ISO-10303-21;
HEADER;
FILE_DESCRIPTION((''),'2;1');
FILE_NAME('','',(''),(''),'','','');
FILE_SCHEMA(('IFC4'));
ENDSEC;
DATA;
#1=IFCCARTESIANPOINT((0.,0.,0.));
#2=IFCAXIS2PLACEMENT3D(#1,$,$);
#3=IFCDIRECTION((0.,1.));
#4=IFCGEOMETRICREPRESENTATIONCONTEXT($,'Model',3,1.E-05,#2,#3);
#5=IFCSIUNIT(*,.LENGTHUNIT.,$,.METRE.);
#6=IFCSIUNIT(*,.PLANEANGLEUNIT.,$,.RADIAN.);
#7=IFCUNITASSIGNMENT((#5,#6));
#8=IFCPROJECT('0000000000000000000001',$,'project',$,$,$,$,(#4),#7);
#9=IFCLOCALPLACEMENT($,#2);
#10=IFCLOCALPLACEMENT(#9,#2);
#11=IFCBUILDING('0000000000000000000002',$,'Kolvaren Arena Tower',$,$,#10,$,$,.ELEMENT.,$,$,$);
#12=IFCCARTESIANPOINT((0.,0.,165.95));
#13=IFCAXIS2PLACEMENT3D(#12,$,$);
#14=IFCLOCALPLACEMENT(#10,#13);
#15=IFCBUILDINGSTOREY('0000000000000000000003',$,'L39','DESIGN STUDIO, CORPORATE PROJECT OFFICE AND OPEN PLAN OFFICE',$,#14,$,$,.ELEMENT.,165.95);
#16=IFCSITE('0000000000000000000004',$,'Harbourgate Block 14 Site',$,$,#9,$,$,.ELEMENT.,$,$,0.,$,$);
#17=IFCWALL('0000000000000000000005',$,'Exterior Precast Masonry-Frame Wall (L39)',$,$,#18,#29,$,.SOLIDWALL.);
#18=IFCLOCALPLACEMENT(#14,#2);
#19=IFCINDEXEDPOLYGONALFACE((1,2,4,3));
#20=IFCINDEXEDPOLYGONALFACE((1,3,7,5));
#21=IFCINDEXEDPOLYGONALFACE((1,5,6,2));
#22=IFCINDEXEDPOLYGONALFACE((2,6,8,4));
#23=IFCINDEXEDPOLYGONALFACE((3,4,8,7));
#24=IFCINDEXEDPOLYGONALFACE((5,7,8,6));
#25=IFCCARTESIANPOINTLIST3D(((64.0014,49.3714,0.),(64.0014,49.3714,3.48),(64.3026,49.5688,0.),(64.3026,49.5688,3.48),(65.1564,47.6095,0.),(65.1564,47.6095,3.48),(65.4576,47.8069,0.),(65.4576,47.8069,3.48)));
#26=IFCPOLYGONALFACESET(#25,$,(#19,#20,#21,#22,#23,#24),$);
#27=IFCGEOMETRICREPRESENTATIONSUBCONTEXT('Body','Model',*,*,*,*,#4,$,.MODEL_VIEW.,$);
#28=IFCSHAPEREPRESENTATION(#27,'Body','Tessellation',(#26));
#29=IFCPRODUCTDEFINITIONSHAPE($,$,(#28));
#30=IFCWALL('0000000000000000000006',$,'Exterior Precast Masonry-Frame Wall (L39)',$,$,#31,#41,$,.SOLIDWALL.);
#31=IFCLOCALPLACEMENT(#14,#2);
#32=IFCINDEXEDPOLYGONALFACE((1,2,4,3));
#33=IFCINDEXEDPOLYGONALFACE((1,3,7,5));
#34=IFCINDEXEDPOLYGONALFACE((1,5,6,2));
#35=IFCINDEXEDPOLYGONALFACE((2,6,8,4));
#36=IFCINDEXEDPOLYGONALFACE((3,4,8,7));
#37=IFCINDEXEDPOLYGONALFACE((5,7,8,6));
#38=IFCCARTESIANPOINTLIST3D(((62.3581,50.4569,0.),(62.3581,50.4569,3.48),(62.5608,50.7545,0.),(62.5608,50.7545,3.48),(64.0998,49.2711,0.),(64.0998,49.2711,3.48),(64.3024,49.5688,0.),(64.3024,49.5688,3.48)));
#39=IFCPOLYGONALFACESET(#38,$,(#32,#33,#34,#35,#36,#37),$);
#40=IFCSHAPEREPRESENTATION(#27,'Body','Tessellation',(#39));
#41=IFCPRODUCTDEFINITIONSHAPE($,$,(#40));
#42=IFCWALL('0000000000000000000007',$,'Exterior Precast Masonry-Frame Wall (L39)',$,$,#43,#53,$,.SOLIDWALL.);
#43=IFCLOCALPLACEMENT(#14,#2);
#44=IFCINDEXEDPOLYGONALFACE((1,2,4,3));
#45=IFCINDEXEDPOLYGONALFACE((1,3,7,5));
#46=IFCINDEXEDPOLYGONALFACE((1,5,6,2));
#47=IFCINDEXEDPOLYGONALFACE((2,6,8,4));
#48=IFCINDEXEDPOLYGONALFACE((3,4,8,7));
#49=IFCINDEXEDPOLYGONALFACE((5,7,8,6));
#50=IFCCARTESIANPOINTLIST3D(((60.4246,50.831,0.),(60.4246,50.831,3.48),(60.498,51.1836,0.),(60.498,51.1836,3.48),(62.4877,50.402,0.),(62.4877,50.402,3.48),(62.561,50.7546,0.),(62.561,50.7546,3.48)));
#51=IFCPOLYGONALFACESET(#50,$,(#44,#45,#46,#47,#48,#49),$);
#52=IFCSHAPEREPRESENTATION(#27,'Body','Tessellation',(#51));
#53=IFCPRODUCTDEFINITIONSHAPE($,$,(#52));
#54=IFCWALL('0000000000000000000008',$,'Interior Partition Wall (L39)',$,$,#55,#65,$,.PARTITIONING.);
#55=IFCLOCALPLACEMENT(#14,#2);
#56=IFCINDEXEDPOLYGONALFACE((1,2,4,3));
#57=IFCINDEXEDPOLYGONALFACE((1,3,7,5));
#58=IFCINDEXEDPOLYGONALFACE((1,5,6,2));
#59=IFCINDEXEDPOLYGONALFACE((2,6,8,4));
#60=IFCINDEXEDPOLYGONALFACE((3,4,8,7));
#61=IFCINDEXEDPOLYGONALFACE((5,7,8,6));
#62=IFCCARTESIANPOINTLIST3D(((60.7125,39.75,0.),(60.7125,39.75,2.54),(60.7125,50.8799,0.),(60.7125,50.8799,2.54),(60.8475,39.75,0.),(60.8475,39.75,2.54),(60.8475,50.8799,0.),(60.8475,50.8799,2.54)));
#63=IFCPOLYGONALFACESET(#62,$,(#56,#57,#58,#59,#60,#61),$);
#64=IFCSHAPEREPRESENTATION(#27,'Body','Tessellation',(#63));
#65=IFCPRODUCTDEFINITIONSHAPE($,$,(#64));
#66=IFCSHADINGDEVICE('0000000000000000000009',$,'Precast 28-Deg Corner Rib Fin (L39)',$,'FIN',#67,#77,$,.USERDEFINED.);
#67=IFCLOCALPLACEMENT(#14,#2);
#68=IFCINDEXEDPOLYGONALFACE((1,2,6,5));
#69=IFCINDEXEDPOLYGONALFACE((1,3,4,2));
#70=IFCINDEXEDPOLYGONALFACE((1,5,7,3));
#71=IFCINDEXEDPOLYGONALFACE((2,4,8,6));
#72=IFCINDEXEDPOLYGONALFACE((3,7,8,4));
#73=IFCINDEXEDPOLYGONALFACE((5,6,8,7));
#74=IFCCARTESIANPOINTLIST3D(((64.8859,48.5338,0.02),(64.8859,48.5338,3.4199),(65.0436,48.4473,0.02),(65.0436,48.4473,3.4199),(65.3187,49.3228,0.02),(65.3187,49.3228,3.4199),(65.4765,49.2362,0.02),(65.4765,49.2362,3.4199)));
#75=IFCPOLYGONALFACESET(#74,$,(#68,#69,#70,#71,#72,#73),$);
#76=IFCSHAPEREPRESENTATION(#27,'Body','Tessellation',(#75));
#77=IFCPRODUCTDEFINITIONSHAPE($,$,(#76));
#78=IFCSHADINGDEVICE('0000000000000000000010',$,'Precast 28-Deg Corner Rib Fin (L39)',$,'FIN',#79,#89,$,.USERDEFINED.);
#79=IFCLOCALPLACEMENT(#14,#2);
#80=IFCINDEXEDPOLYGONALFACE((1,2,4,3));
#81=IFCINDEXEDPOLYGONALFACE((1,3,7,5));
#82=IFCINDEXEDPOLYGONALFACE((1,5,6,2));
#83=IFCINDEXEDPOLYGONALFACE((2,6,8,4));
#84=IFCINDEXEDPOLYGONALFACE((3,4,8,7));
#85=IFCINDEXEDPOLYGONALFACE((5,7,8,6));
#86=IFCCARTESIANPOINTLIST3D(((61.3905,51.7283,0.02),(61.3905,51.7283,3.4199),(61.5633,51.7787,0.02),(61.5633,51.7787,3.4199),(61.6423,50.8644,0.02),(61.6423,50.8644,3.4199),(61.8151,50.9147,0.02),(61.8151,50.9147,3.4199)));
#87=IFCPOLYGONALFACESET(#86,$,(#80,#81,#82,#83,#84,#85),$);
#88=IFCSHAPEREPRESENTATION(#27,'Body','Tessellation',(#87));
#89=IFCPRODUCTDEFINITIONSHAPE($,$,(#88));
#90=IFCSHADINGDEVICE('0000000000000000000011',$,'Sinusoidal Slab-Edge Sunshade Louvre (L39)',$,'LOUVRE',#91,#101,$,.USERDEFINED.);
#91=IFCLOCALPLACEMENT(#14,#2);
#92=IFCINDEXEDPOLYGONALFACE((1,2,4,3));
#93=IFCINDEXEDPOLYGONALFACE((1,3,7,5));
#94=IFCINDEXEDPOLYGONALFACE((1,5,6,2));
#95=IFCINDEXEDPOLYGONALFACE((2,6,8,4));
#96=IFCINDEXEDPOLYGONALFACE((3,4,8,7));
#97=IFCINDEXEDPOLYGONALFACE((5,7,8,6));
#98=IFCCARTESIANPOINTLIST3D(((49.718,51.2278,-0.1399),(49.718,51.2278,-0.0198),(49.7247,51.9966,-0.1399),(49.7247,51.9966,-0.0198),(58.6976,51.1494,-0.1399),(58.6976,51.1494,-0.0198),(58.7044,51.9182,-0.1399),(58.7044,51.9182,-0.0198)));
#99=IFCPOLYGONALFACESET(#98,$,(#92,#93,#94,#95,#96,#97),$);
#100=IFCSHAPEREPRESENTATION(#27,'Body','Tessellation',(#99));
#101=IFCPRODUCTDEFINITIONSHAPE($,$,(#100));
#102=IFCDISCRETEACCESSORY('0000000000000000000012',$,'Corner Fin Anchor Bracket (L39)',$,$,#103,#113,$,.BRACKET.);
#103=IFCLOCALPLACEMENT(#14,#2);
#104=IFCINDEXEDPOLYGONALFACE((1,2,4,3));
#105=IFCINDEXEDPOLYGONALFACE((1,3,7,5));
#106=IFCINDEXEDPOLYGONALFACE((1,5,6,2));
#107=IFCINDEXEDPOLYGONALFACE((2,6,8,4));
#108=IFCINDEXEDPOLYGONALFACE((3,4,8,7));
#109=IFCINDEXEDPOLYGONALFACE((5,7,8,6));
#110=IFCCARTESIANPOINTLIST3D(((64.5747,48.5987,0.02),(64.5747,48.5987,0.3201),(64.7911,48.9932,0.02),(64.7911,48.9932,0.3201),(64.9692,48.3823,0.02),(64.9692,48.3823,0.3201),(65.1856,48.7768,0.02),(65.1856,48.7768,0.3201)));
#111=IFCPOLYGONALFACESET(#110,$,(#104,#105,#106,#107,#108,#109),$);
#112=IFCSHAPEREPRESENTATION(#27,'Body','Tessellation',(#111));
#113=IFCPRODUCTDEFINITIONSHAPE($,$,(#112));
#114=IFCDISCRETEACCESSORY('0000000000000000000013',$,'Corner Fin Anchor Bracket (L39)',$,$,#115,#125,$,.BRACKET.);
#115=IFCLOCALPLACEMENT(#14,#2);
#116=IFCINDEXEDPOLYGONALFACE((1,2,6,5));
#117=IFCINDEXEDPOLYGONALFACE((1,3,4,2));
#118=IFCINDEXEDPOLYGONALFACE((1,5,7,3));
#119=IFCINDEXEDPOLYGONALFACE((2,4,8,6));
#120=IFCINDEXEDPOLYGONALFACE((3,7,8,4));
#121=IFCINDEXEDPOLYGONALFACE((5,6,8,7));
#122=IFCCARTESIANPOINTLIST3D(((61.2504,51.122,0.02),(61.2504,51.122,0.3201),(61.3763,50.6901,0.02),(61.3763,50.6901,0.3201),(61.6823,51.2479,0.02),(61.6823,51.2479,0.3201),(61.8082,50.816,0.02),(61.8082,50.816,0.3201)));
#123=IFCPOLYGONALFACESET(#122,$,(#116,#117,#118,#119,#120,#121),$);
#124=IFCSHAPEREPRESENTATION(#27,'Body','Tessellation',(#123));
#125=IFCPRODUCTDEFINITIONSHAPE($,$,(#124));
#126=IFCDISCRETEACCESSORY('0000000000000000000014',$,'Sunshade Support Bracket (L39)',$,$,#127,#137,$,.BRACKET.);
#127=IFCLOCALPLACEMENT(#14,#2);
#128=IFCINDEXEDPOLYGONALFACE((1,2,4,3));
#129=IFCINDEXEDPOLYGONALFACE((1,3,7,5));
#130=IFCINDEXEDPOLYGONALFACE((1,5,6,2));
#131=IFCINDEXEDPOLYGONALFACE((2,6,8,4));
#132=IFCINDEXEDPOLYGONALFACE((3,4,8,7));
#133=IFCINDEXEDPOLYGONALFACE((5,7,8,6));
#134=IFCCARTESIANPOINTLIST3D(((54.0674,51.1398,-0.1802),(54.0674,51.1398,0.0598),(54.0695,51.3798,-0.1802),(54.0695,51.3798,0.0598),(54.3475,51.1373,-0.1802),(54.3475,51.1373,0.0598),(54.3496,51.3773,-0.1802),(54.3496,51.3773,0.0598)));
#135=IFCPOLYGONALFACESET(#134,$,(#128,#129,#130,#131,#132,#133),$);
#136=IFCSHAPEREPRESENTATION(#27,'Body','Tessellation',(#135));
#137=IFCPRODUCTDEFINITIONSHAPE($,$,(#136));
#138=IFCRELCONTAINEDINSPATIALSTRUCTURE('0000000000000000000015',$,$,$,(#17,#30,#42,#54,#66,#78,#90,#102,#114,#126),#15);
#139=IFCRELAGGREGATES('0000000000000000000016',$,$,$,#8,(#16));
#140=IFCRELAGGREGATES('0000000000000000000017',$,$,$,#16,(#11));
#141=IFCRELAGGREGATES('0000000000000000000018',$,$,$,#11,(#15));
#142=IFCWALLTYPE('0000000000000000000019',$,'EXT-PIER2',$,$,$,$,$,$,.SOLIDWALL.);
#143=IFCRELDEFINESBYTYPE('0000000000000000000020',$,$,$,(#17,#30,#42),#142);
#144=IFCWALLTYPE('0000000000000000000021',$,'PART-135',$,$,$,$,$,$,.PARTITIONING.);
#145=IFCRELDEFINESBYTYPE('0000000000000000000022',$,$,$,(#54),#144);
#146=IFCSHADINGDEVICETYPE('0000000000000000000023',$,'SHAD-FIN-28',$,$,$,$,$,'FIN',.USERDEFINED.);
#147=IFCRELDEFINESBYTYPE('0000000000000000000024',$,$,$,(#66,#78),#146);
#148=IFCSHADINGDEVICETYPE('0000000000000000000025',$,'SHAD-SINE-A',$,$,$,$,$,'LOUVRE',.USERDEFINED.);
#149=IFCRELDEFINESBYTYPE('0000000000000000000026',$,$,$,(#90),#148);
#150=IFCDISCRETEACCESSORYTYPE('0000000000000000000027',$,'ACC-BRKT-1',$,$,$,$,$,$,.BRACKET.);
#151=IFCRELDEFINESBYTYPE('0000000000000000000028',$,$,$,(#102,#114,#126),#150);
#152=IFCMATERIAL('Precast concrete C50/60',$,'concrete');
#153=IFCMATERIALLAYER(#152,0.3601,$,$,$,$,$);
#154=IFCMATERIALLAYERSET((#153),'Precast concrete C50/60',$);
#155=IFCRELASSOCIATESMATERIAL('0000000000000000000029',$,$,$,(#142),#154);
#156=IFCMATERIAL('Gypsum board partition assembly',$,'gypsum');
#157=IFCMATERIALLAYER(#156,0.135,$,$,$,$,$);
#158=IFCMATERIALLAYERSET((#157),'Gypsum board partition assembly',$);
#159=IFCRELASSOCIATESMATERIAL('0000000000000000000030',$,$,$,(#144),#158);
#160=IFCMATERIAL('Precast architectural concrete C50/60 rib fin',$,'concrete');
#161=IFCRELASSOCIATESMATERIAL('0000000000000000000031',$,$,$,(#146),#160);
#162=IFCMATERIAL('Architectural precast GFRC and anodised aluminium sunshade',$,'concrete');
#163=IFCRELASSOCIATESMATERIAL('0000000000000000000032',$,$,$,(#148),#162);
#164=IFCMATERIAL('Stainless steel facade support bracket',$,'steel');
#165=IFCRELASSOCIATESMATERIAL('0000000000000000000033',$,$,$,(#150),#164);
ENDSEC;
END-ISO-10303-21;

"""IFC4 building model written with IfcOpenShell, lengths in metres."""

from ifc_helpers import new_model, si_unit, direction, frame, frame_2d, origin, origin_2d, place, context, subcontext, project, spatial, rectangle, extrude, material, layer, layer_set, type_object, element, save


model = new_model("IFC4")

# Units and contexts
model_context = context("Model", 3, precision=1e-05, world=origin(), true_north=direction((0.0, 1.0)))
body_context = subcontext(model_context, "Body", "Model", "MODEL_VIEW")
ifc_project = project(units=[si_unit("LENGTHUNIT", "METRE"), si_unit("PLANEANGLEUNIT", "RADIAN")], contexts=[model_context])

# Site, building, storey
site_placement = place(None, origin())
site = spatial("IfcSite", under=ifc_project, at=site_placement, Name="Harbourgate Block 14 Site", CompositionType="ELEMENT", RefElevation=0.0)
building_placement = place(site_placement, origin())
building = spatial("IfcBuilding", under=site, at=building_placement, Name="Kolvaren Arena Tower", CompositionType="ELEMENT")
storey_placement = place(building_placement, frame((0.0, 0.0, 165.95)))
storey = spatial("IfcBuildingStorey", under=building, at=storey_placement, Name="L39", Description="DESIGN STUDIO, CORPORATE PROJECT OFFICE AND OPEN PLAN OFFICE", CompositionType="ELEMENT", Elevation=165.95)

# Shared definitions
ifc_material_1 = material(Name="Precast concrete C50/60", Category="concrete")
ifc_layer_1 = layer(ifc_material_1, 0.3601)
ifc_layer_set_1 = layer_set([ifc_layer_1], Name="Precast concrete C50/60")
wall_type_1 = type_object("IfcWallType", Name="EXT-PIER2", PredefinedType="SOLIDWALL", material=ifc_layer_set_1)

# Walls
wall_1_placement = place(storey_placement, frame((64.1521, 49.47, 0.0), z_axis=(0.0, 0.0, 1.0), x_axis=(0.548239, -0.836322, 0.0)))
element("IfcWall", 1, at=wall_1_placement, inside=storey, type_object=wall_type_1, Name="Exterior Precast Masonry-Frame Wall (L39)", PredefinedType="SOLIDWALL", context=body_context, shape_type="SweptSolid", body=[
    extrude(rectangle(XDim=2.1067, YDim=0.3601, at=frame_2d((1.0532, 0.0))), origin(), (0.0, 0.0, 1.0), 3.48),
])
wall_2_placement = place(storey_placement, frame((62.4595, 50.6057, 0.0), z_axis=(0.0, 0.0, 1.0), x_axis=(0.82661, -0.562776, 0.0)))
element("IfcWall", 2, at=wall_2_placement, inside=storey, type_object=wall_type_1, Name="Exterior Precast Masonry-Frame Wall (L39)", PredefinedType="SOLIDWALL", context=body_context, shape_type="SweptSolid", body=[
    extrude(rectangle(XDim=2.1069, YDim=0.3601, at=frame_2d((1.0535, 0.0))), origin(), (0.0, 0.0, 1.0), 3.48),
])
wall_3_placement = place(storey_placement, frame((60.4612, 51.0073, 0.0), z_axis=(0.0, 0.0, 1.0), x_axis=(0.979059, -0.203575, 0.0)))
element("IfcWall", 3, at=wall_3_placement, inside=storey, type_object=wall_type_1, Name="Exterior Precast Masonry-Frame Wall (L39)", PredefinedType="SOLIDWALL", context=body_context, shape_type="SweptSolid", body=[
    extrude(rectangle(XDim=2.1072, YDim=0.3601, at=frame_2d((1.0537, 0.0))), origin(), (0.0, 0.0, 1.0), 3.48),
])
ifc_material_2 = material(Name="Gypsum board partition assembly", Category="gypsum")
ifc_layer_2 = layer(ifc_material_2, 0.135)
ifc_layer_set_2 = layer_set([ifc_layer_2], Name="Gypsum board partition assembly")
wall_type_2 = type_object("IfcWallType", Name="PART-135", PredefinedType="PARTITIONING", material=ifc_layer_set_2)
wall_4_placement = place(storey_placement, frame((60.78, 39.75, 0.0), z_axis=(0.0, 0.0, 1.0), x_axis=(0.0, 1.0, 0.0)))
element("IfcWall", 4, at=wall_4_placement, inside=storey, type_object=wall_type_2, Name="Interior Partition Wall (L39)", PredefinedType="PARTITIONING", context=body_context, shape_type="SweptSolid", body=[
    extrude(rectangle(XDim=11.1299, YDim=0.135, at=frame_2d((5.5649, 0.0))), origin(), (0.0, 0.0, 1.0), 2.54),
])

# Shading devices
ifc_material_3 = material(Name="Precast architectural concrete C50/60 rib fin", Category="concrete")
shading_device_type_1 = type_object("IfcShadingDeviceType", Name="SHAD-FIN-28", ElementType="FIN", PredefinedType="USERDEFINED", material=ifc_material_3)
for number, where, z_axis, x_axis, name in (
    (5, (65.1812, 48.885, 0.02), (0.0, 0.0, 1.0), (0.480995, 0.876723, 0.0), "Precast 28-Deg Corner Rib Fin (L39)"),
    (6, (61.6028, 51.3215, 0.02), (0.0, 0.0, 1.0), (-0.279812, 0.960055, 0.0), "Precast 28-Deg Corner Rib Fin (L39)"),
):
    element("IfcShadingDevice", number, at=place(storey_placement, frame(where, z_axis=z_axis, x_axis=x_axis)), inside=storey, type_object=shading_device_type_1, Name=name, ObjectType="FIN", PredefinedType="USERDEFINED", context=body_context, shape_type="SweptSolid", body=[
        extrude(rectangle(XDim=0.8999, YDim=0.1799, at=origin_2d()), origin(), (0.0, 0.0, 1.0), 3.3999),
    ])
ifc_material_4 = material(Name="Architectural precast GFRC and anodised aluminium sunshade", Category="concrete")
shading_device_type_2 = type_object("IfcShadingDeviceType", Name="SHAD-SINE-A", ElementType="LOUVRE", PredefinedType="USERDEFINED", material=ifc_material_4)
shading_device_placement = place(storey_placement, frame((54.2112, 51.573, -0.1399), z_axis=(0.0, 0.0, 1.0), x_axis=(0.999962, -0.008727, 0.0)))
element("IfcShadingDevice", 7, at=shading_device_placement, inside=storey, type_object=shading_device_type_2, Name="Sinusoidal Slab-Edge Sunshade Louvre (L39)", ObjectType="LOUVRE", PredefinedType="USERDEFINED", context=body_context, shape_type="SweptSolid", body=[
    extrude(rectangle(XDim=8.98, YDim=0.7688, at=origin_2d()), origin(), (0.0, 0.0, 1.0), 0.1201),
])

# Discrete accessories
ifc_material_5 = material(Name="Stainless steel facade support bracket", Category="steel")
discrete_accessory_type = type_object("IfcDiscreteAccessoryType", Name="ACC-BRKT-1", PredefinedType="BRACKET", material=ifc_material_5)
for number, where, z_axis, x_axis, name in (
    (8, (64.8801, 48.6877, 0.02), (0.0, 0.0, 1.0), (0.480995, 0.876723, 0.0), "Corner Fin Anchor Bracket (L39)"),
    (9, (61.5293, 50.969, 0.02), (0.0, 0.0, 1.0), (-0.279812, 0.960055, 0.0), "Corner Fin Anchor Bracket (L39)"),
):
    element("IfcDiscreteAccessory", number, at=place(storey_placement, frame(where, z_axis=z_axis, x_axis=x_axis)), inside=storey, type_object=discrete_accessory_type, Name=name, PredefinedType="BRACKET", context=body_context, shape_type="SweptSolid", body=[
        extrude(rectangle(XDim=0.45, YDim=0.45, at=origin_2d()), origin(), (0.0, 0.0, 1.0), 0.3),
    ])
discrete_accessory_placement = place(storey_placement, frame((54.2085, 51.2585, -0.1802), z_axis=(0.0, 0.0, 1.0), x_axis=(0.999962, -0.008727, 0.0)))
element("IfcDiscreteAccessory", 10, at=discrete_accessory_placement, inside=storey, type_object=discrete_accessory_type, Name="Sunshade Support Bracket (L39)", PredefinedType="BRACKET", context=body_context, shape_type="SweptSolid", body=[
    extrude(rectangle(XDim=0.28, YDim=0.24, at=origin_2d()), origin(), (0.0, 0.0, 1.0), 0.24),
])

save(model, "model.ifc")
